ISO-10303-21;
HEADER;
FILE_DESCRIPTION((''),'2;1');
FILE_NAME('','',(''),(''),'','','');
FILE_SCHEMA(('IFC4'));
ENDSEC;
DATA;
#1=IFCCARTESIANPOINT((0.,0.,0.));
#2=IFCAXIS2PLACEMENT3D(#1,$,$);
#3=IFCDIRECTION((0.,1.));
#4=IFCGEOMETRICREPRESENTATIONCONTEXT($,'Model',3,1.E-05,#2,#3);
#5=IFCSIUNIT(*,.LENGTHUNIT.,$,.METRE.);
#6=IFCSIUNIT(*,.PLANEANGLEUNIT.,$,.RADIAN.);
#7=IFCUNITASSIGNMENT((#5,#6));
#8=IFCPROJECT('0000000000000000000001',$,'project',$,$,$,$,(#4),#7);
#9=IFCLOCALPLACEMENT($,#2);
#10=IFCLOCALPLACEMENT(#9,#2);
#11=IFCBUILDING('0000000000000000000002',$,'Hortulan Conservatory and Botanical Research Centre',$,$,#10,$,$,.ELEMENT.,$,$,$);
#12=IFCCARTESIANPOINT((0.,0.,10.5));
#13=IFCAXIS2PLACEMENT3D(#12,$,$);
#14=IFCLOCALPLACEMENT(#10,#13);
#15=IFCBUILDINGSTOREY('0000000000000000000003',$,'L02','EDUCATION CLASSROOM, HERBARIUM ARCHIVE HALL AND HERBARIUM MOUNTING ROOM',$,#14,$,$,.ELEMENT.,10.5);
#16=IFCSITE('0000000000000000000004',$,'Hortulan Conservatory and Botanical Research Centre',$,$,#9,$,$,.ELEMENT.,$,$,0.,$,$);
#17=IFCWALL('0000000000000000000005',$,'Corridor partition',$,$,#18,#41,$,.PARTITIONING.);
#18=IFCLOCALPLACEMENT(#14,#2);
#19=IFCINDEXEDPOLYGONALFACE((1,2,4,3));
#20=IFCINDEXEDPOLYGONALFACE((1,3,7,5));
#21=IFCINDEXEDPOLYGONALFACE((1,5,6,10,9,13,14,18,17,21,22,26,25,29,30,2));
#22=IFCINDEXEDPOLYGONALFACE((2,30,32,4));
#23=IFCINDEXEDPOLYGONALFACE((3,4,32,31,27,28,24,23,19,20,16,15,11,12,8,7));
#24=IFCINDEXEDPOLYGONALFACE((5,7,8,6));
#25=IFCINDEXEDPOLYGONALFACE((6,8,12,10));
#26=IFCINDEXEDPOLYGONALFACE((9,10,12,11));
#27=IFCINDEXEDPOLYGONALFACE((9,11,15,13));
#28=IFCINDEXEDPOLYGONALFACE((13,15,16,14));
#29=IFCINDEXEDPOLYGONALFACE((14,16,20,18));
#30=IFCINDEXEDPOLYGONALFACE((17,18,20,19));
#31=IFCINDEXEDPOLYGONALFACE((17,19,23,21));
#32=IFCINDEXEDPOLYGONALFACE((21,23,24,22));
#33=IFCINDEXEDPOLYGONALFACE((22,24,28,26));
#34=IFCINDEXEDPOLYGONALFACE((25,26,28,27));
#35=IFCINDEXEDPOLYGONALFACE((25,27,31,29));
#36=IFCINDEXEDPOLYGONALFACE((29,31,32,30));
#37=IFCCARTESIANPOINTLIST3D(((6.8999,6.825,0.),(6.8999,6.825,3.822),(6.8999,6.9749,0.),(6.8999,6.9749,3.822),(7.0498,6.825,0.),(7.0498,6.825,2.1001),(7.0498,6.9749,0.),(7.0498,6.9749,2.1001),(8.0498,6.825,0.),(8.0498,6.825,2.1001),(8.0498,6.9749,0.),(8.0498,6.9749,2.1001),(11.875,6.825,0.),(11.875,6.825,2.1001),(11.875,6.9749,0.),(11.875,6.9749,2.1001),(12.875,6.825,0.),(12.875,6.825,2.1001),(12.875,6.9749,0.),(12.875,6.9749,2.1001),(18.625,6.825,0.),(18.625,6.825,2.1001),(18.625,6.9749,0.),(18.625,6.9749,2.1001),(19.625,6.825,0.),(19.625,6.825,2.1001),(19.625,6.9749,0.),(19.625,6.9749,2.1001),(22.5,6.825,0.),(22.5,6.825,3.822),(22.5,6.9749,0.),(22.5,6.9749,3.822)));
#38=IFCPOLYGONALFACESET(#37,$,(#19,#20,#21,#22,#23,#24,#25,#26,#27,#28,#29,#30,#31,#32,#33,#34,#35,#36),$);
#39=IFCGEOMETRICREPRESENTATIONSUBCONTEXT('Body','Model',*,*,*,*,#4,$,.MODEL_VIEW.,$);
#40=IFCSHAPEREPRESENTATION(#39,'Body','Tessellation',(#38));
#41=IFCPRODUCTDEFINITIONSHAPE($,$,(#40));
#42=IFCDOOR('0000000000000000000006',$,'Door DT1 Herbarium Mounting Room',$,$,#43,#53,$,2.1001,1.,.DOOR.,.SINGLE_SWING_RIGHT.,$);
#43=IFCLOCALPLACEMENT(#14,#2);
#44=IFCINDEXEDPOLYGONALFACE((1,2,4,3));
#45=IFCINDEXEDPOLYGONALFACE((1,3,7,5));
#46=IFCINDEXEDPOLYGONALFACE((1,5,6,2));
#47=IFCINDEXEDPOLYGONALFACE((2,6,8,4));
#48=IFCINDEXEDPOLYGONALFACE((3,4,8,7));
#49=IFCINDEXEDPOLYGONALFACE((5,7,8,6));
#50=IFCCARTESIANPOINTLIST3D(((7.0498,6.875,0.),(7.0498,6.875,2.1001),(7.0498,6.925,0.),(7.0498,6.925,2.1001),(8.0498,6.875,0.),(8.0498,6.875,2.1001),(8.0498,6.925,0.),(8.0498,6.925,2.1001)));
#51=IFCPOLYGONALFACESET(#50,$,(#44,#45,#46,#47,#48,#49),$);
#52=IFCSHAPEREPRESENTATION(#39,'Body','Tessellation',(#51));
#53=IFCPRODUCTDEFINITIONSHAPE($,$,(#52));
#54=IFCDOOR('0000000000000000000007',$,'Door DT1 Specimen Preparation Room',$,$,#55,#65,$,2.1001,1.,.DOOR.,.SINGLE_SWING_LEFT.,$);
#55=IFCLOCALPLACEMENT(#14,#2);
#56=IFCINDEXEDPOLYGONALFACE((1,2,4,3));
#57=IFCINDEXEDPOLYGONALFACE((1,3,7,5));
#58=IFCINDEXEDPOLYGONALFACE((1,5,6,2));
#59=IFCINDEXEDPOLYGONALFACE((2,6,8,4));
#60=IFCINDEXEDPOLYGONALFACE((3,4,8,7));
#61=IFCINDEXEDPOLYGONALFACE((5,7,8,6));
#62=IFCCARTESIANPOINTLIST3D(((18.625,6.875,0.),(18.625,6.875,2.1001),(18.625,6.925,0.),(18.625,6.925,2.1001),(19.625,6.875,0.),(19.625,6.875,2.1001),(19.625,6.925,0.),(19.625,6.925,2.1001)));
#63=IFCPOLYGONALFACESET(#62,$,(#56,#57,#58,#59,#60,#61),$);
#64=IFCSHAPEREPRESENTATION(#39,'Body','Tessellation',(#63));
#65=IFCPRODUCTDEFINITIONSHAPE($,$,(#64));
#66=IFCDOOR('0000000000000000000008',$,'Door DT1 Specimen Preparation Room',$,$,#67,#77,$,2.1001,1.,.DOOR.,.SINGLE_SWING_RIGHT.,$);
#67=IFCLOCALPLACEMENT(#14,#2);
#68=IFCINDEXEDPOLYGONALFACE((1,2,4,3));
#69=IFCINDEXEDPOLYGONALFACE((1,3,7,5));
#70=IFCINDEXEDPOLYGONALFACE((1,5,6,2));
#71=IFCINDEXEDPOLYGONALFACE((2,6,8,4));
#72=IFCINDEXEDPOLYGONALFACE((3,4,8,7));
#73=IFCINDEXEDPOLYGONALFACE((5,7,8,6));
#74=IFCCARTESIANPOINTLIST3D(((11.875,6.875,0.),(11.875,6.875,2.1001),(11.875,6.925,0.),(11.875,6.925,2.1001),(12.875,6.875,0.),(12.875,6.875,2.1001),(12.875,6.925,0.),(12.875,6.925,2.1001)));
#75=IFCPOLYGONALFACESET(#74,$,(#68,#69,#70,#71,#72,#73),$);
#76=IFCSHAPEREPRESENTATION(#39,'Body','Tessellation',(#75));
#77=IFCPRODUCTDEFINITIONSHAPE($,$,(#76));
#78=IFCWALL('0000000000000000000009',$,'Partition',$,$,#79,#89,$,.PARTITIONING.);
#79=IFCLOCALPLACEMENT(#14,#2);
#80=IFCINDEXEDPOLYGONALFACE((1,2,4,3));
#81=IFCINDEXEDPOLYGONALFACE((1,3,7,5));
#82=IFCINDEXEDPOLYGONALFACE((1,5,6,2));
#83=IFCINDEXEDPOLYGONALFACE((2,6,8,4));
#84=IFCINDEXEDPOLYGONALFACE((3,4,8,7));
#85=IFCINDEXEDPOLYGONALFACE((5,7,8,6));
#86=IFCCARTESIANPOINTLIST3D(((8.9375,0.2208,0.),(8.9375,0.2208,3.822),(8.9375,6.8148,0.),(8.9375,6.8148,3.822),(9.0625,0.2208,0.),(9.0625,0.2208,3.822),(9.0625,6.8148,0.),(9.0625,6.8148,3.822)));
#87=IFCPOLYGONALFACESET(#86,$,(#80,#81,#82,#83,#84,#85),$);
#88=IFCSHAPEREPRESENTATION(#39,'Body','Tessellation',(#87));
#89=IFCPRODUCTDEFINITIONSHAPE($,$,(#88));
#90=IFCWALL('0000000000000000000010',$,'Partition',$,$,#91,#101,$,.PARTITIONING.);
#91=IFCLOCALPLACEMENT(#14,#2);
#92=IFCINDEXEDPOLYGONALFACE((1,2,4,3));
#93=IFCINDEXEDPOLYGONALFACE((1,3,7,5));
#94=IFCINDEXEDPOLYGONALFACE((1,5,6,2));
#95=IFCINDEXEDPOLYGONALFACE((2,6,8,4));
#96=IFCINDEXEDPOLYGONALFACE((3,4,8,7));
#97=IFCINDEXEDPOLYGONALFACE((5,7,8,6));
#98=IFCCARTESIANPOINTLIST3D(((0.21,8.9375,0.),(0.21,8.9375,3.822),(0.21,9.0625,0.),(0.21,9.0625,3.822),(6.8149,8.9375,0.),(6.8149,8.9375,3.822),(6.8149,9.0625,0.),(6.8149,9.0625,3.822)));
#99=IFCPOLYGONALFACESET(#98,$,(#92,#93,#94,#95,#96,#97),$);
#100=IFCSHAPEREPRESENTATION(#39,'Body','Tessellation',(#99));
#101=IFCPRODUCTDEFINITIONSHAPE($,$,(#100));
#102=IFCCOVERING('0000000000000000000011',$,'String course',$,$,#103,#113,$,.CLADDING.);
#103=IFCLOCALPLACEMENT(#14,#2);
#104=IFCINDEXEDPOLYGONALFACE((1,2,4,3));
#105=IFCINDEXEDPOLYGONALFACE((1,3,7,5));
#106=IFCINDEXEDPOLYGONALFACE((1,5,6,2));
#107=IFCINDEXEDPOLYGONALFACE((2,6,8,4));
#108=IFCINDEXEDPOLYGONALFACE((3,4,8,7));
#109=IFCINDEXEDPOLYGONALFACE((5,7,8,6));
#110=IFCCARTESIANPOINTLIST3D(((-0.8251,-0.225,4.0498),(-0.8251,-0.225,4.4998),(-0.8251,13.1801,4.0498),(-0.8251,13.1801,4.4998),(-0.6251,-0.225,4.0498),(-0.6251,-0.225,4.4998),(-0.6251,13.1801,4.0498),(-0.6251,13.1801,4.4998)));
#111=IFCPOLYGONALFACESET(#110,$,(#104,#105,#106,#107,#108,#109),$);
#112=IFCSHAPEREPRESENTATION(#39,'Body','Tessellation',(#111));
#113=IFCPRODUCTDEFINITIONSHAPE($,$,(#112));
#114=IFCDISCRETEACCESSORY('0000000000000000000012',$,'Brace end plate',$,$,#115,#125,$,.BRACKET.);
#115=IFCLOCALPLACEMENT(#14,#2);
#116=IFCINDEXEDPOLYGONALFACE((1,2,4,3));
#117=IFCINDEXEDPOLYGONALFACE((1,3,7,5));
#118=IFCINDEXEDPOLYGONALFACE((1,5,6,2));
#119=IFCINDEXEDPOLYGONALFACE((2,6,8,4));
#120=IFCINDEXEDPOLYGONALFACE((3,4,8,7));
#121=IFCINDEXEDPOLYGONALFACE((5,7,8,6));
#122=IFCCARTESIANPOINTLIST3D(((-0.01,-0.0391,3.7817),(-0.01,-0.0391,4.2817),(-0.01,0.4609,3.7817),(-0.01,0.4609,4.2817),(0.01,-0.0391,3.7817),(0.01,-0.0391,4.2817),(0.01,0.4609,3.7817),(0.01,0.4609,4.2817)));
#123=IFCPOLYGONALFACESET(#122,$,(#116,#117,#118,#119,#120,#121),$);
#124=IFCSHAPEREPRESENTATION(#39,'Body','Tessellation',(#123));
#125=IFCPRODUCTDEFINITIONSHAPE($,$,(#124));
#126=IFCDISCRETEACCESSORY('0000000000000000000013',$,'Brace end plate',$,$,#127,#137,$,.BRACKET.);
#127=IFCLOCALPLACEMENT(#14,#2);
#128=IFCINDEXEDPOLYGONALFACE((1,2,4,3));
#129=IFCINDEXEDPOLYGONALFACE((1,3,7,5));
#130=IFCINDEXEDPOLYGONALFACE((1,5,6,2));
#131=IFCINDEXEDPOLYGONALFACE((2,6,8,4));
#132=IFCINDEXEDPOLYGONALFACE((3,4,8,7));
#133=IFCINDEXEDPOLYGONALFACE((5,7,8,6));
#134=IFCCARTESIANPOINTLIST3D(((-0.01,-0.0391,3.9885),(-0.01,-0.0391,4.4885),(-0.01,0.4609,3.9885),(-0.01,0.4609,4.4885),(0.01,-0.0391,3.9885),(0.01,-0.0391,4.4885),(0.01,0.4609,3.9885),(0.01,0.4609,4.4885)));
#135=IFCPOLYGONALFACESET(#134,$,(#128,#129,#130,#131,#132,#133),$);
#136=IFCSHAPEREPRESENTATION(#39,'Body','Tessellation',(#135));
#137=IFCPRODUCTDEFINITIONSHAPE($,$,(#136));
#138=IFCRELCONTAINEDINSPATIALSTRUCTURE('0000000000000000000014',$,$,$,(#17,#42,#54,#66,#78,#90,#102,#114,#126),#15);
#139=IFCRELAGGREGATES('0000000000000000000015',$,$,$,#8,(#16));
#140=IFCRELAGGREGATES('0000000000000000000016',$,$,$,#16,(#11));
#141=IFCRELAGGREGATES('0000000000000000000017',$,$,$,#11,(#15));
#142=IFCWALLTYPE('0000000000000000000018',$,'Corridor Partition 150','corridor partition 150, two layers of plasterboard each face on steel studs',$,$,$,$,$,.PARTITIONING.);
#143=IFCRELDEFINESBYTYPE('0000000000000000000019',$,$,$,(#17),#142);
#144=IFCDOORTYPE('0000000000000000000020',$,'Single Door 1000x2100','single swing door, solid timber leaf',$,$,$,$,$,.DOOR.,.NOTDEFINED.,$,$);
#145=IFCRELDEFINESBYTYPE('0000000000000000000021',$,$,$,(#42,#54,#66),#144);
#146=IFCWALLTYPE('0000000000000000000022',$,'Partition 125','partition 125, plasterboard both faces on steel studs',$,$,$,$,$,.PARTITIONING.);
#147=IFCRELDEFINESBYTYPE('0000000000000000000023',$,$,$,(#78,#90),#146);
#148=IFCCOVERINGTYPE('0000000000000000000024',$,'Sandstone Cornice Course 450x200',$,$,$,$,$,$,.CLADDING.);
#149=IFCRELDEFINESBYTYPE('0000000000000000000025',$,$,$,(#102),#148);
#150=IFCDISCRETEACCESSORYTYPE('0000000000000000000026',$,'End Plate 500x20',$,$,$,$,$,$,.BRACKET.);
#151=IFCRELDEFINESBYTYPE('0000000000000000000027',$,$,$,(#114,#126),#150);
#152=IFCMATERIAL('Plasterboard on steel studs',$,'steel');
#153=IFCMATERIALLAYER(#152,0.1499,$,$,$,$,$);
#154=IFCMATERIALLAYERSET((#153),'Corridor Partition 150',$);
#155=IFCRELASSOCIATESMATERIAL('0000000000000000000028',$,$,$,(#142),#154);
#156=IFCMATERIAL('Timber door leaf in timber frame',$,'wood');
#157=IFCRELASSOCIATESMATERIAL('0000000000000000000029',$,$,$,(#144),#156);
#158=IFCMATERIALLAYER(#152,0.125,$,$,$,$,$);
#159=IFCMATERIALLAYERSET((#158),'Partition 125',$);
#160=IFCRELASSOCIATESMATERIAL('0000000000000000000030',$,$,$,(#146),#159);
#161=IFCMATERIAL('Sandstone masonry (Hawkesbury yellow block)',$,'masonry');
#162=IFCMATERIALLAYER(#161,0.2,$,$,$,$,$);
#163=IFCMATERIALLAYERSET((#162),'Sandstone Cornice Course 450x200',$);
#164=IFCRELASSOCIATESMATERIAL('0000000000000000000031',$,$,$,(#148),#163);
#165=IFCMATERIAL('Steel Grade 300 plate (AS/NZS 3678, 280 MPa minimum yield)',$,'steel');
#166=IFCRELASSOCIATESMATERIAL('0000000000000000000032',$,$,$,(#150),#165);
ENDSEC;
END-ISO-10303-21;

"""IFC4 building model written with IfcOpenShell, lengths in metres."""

from ifc_helpers import new_model, si_unit, direction, frame, frame_2d, origin, origin_2d, place, context, subcontext, project, spatial, rectangle, extrude, material, layer, layer_set, type_object, element, fill, save


model = new_model("IFC4")

# Units and contexts
model_context = context("Model", 3, precision=1e-05, world=origin(), true_north=direction((0.0, 1.0)))
body_context = subcontext(model_context, "Body", "Model", "MODEL_VIEW")
ifc_project = project(units=[si_unit("LENGTHUNIT", "METRE"), si_unit("PLANEANGLEUNIT", "RADIAN")], contexts=[model_context])

# Site, building, storey
site_placement = place(None, origin())
site = spatial("IfcSite", under=ifc_project, at=site_placement, Name="Hortulan Conservatory and Botanical Research Centre", CompositionType="ELEMENT", RefElevation=0.0)
building_placement = place(site_placement, origin())
building = spatial("IfcBuilding", under=site, at=building_placement, Name="Hortulan Conservatory and Botanical Research Centre", CompositionType="ELEMENT")
storey_placement = place(building_placement, frame((0.0, 0.0, 10.5)))
storey = spatial("IfcBuildingStorey", under=building, at=storey_placement, Name="L02", Description="EDUCATION CLASSROOM, HERBARIUM ARCHIVE HALL AND HERBARIUM MOUNTING ROOM", CompositionType="ELEMENT", Elevation=10.5)

# Shared definitions
ifc_material_1 = material(Name="Plasterboard on steel studs", Category="steel")
ifc_layer_1 = layer(ifc_material_1, 0.1499)
ifc_layer_set_1 = layer_set([ifc_layer_1], Name="Corridor Partition 150")
wall_type_1 = type_object("IfcWallType", Name="Corridor Partition 150", Description="corridor partition 150, two layers of plasterboard each face on steel studs", PredefinedType="PARTITIONING", material=ifc_layer_set_1)
ifc_material_2 = material(Name="Timber door leaf in timber frame", Category="wood")
door_type = type_object("IfcDoorType", Name="Single Door 1000x2100", Description="single swing door, solid timber leaf", OperationType="NOTDEFINED", PredefinedType="DOOR", material=ifc_material_2)

# Wall, openings, doors
wall_1_placement = place(storey_placement, frame((6.8999, 6.8999, 0.0), z_axis=(0.0, 0.0, 1.0), x_axis=(1.0, 0.0, 0.0)))
wall_1 = element("IfcWall", 1, at=wall_1_placement, inside=storey, type_object=wall_type_1, Name="Corridor partition", PredefinedType="PARTITIONING", context=body_context, shape_type="SweptSolid", body=[
    extrude(rectangle(XDim=15.6001, YDim=0.1499, at=frame_2d((7.8, 0.0))), origin(), (0.0, 0.0, 1.0), 3.822),
])
opening_1_placement = place(wall_1_placement, frame((0.1499, 0.0, 0.0)))
opening_1 = element("IfcOpeningElement", 2, at=opening_1_placement, cuts=wall_1, PredefinedType="OPENING", context=body_context, shape_type="SweptSolid", body=[
    extrude(rectangle(XDim=1.0, YDim=2.1001, at=frame_2d((0.5, 1.05))), frame((0.0, 0.085, 0.0), z_axis=(0.0, -1.0, 0.0), x_axis=(1.0, 0.0, 0.0)), (0.0, 0.0, 1.0), 0.1699),
])
opening_2_placement = place(wall_1_placement, frame((11.7251, 0.0, 0.0)))
opening_2 = element("IfcOpeningElement", 3, at=opening_2_placement, cuts=wall_1, PredefinedType="OPENING", context=body_context, shape_type="SweptSolid", body=[
    extrude(rectangle(XDim=1.0, YDim=2.1001, at=frame_2d((0.5, 1.05))), frame((0.0, 0.085, 0.0), z_axis=(0.0, -1.0, 0.0), x_axis=(1.0, 0.0, 0.0)), (0.0, 0.0, 1.0), 0.1699),
])
opening_3_placement = place(wall_1_placement, frame((4.9751, 0.0, 0.0)))
opening_3 = element("IfcOpeningElement", 4, at=opening_3_placement, cuts=wall_1, PredefinedType="OPENING", context=body_context, shape_type="SweptSolid", body=[
    extrude(rectangle(XDim=1.0, YDim=2.1001, at=frame_2d((0.5, 1.05))), frame((0.0, 0.085, 0.0), z_axis=(0.0, -1.0, 0.0), x_axis=(1.0, 0.0, 0.0)), (0.0, 0.0, 1.0), 0.1699),
])
door_1_placement = place(opening_1_placement, frame((1.0, 0.0, 0.0), z_axis=(0.0, 0.0, 1.0), x_axis=(-1.0, 0.0, 0.0)))
door_1 = element("IfcDoor", 5, at=door_1_placement, inside=storey, type_object=door_type, Name="Door DT1 Herbarium Mounting Room", OperationType="SINGLE_SWING_RIGHT", OverallHeight=2.1001, OverallWidth=1.0, PredefinedType="DOOR", context=body_context, shape_type="SweptSolid", body=[
    extrude(rectangle(XDim=1.0, YDim=2.1001, at=frame_2d((0.5, 1.05))), frame((0.0, 0.0249, 0.0), z_axis=(0.0, -1.0, 0.0), x_axis=(1.0, 0.0, 0.0)), (0.0, 0.0, 1.0), 0.05),
])
fill(opening_1, door_1)
door_2_placement = place(opening_2_placement, frame((1.0, 0.0, 0.0), z_axis=(0.0, 0.0, 1.0), x_axis=(-1.0, 0.0, 0.0)))
door_2 = element("IfcDoor", 6, at=door_2_placement, inside=storey, type_object=door_type, Name="Door DT1 Specimen Preparation Room", OperationType="SINGLE_SWING_LEFT", OverallHeight=2.1001, OverallWidth=1.0, PredefinedType="DOOR", context=body_context, shape_type="SweptSolid", body=[
    extrude(rectangle(XDim=1.0, YDim=2.1001, at=frame_2d((0.5, 1.05))), frame((0.0, 0.0249, 0.0), z_axis=(0.0, -1.0, 0.0), x_axis=(1.0, 0.0, 0.0)), (0.0, 0.0, 1.0), 0.05),
])
fill(opening_2, door_2)
door_3_placement = place(opening_3_placement, frame((1.0, 0.0, 0.0), z_axis=(0.0, 0.0, 1.0), x_axis=(-1.0, 0.0, 0.0)))
door_3 = element("IfcDoor", 7, at=door_3_placement, inside=storey, type_object=door_type, Name="Door DT1 Specimen Preparation Room", OperationType="SINGLE_SWING_RIGHT", OverallHeight=2.1001, OverallWidth=1.0, PredefinedType="DOOR", context=body_context, shape_type="SweptSolid", body=[
    extrude(rectangle(XDim=1.0, YDim=2.1001, at=frame_2d((0.5, 1.05))), frame((0.0, 0.0249, 0.0), z_axis=(0.0, -1.0, 0.0), x_axis=(1.0, 0.0, 0.0)), (0.0, 0.0, 1.0), 0.05),
])
fill(opening_3, door_3)

# Walls
ifc_layer_2 = layer(ifc_material_1, 0.125)
ifc_layer_set_2 = layer_set([ifc_layer_2], Name="Partition 125")
wall_type_2 = type_object("IfcWallType", Name="Partition 125", Description="partition 125, plasterboard both faces on steel studs", PredefinedType="PARTITIONING", material=ifc_layer_set_2)
wall_2_placement = place(storey_placement, frame((9.0, 0.2209, 0.0), z_axis=(0.0, 0.0, 1.0), x_axis=(0.0, 1.0, 0.0)))
element("IfcWall", 8, at=wall_2_placement, inside=storey, type_object=wall_type_2, Name="Partition", PredefinedType="PARTITIONING", context=body_context, shape_type="SweptSolid", body=[
    extrude(rectangle(XDim=6.594, YDim=0.125, at=frame_2d((3.2969, 0.0))), origin(), (0.0, 0.0, 1.0), 3.822),
])
wall_3_placement = place(storey_placement, frame((0.21, 9.0, 0.0), z_axis=(0.0, 0.0, 1.0), x_axis=(1.0, 0.0, 0.0)))
element("IfcWall", 9, at=wall_3_placement, inside=storey, type_object=wall_type_2, Name="Partition", PredefinedType="PARTITIONING", context=body_context, shape_type="SweptSolid", body=[
    extrude(rectangle(XDim=6.605, YDim=0.125, at=frame_2d((3.3025, 0.0))), origin(), (0.0, 0.0, 1.0), 3.822),
])

# Covering
ifc_material_3 = material(Name="Sandstone masonry (Hawkesbury yellow block)", Category="masonry")
ifc_layer_3 = layer(ifc_material_3, 0.2)
ifc_layer_set_3 = layer_set([ifc_layer_3], Name="Sandstone Cornice Course 450x200")
covering_type = type_object("IfcCoveringType", Name="Sandstone Cornice Course 450x200", PredefinedType="CLADDING", material=ifc_layer_set_3)
covering_placement = place(storey_placement, frame((-0.7251, 6.4775, 4.0498), z_axis=(0.0, 0.0, 1.0), x_axis=(0.0, 1.0, 0.0)))
element("IfcCovering", 10, at=covering_placement, inside=storey, type_object=covering_type, Name="String course", PredefinedType="CLADDING", context=body_context, shape_type="SweptSolid", body=[
    extrude(rectangle(XDim=13.405, YDim=0.2, at=origin_2d()), origin(), (0.0, 0.0, 1.0), 0.45),
])

# Discrete accessories
ifc_material_4 = material(Name="Steel Grade 300 plate (AS/NZS 3678, 280 MPa minimum yield)", Category="steel")
discrete_accessory_type = type_object("IfcDiscreteAccessoryType", Name="End Plate 500x20", PredefinedType="BRACKET", material=ifc_material_4)
for number, where, z_axis, x_axis, name in (
    (11, (0.0, 0.2109, 3.7817), (0.0, 0.0, 1.0), (0.0, -1.0, 0.0), "Brace end plate"),
    (12, (0.0, 0.2109, 3.9885), (0.0, 0.0, 1.0), (0.0, -1.0, 0.0), "Brace end plate"),
):
    element("IfcDiscreteAccessory", number, at=place(storey_placement, frame(where, z_axis=z_axis, x_axis=x_axis)), inside=storey, type_object=discrete_accessory_type, Name=name, PredefinedType="BRACKET", context=body_context, shape_type="SweptSolid", body=[
        extrude(rectangle(XDim=0.5, YDim=0.02, at=origin_2d()), origin(), (0.0, 0.0, 1.0), 0.5),
    ])

save(model, "model.ifc")
